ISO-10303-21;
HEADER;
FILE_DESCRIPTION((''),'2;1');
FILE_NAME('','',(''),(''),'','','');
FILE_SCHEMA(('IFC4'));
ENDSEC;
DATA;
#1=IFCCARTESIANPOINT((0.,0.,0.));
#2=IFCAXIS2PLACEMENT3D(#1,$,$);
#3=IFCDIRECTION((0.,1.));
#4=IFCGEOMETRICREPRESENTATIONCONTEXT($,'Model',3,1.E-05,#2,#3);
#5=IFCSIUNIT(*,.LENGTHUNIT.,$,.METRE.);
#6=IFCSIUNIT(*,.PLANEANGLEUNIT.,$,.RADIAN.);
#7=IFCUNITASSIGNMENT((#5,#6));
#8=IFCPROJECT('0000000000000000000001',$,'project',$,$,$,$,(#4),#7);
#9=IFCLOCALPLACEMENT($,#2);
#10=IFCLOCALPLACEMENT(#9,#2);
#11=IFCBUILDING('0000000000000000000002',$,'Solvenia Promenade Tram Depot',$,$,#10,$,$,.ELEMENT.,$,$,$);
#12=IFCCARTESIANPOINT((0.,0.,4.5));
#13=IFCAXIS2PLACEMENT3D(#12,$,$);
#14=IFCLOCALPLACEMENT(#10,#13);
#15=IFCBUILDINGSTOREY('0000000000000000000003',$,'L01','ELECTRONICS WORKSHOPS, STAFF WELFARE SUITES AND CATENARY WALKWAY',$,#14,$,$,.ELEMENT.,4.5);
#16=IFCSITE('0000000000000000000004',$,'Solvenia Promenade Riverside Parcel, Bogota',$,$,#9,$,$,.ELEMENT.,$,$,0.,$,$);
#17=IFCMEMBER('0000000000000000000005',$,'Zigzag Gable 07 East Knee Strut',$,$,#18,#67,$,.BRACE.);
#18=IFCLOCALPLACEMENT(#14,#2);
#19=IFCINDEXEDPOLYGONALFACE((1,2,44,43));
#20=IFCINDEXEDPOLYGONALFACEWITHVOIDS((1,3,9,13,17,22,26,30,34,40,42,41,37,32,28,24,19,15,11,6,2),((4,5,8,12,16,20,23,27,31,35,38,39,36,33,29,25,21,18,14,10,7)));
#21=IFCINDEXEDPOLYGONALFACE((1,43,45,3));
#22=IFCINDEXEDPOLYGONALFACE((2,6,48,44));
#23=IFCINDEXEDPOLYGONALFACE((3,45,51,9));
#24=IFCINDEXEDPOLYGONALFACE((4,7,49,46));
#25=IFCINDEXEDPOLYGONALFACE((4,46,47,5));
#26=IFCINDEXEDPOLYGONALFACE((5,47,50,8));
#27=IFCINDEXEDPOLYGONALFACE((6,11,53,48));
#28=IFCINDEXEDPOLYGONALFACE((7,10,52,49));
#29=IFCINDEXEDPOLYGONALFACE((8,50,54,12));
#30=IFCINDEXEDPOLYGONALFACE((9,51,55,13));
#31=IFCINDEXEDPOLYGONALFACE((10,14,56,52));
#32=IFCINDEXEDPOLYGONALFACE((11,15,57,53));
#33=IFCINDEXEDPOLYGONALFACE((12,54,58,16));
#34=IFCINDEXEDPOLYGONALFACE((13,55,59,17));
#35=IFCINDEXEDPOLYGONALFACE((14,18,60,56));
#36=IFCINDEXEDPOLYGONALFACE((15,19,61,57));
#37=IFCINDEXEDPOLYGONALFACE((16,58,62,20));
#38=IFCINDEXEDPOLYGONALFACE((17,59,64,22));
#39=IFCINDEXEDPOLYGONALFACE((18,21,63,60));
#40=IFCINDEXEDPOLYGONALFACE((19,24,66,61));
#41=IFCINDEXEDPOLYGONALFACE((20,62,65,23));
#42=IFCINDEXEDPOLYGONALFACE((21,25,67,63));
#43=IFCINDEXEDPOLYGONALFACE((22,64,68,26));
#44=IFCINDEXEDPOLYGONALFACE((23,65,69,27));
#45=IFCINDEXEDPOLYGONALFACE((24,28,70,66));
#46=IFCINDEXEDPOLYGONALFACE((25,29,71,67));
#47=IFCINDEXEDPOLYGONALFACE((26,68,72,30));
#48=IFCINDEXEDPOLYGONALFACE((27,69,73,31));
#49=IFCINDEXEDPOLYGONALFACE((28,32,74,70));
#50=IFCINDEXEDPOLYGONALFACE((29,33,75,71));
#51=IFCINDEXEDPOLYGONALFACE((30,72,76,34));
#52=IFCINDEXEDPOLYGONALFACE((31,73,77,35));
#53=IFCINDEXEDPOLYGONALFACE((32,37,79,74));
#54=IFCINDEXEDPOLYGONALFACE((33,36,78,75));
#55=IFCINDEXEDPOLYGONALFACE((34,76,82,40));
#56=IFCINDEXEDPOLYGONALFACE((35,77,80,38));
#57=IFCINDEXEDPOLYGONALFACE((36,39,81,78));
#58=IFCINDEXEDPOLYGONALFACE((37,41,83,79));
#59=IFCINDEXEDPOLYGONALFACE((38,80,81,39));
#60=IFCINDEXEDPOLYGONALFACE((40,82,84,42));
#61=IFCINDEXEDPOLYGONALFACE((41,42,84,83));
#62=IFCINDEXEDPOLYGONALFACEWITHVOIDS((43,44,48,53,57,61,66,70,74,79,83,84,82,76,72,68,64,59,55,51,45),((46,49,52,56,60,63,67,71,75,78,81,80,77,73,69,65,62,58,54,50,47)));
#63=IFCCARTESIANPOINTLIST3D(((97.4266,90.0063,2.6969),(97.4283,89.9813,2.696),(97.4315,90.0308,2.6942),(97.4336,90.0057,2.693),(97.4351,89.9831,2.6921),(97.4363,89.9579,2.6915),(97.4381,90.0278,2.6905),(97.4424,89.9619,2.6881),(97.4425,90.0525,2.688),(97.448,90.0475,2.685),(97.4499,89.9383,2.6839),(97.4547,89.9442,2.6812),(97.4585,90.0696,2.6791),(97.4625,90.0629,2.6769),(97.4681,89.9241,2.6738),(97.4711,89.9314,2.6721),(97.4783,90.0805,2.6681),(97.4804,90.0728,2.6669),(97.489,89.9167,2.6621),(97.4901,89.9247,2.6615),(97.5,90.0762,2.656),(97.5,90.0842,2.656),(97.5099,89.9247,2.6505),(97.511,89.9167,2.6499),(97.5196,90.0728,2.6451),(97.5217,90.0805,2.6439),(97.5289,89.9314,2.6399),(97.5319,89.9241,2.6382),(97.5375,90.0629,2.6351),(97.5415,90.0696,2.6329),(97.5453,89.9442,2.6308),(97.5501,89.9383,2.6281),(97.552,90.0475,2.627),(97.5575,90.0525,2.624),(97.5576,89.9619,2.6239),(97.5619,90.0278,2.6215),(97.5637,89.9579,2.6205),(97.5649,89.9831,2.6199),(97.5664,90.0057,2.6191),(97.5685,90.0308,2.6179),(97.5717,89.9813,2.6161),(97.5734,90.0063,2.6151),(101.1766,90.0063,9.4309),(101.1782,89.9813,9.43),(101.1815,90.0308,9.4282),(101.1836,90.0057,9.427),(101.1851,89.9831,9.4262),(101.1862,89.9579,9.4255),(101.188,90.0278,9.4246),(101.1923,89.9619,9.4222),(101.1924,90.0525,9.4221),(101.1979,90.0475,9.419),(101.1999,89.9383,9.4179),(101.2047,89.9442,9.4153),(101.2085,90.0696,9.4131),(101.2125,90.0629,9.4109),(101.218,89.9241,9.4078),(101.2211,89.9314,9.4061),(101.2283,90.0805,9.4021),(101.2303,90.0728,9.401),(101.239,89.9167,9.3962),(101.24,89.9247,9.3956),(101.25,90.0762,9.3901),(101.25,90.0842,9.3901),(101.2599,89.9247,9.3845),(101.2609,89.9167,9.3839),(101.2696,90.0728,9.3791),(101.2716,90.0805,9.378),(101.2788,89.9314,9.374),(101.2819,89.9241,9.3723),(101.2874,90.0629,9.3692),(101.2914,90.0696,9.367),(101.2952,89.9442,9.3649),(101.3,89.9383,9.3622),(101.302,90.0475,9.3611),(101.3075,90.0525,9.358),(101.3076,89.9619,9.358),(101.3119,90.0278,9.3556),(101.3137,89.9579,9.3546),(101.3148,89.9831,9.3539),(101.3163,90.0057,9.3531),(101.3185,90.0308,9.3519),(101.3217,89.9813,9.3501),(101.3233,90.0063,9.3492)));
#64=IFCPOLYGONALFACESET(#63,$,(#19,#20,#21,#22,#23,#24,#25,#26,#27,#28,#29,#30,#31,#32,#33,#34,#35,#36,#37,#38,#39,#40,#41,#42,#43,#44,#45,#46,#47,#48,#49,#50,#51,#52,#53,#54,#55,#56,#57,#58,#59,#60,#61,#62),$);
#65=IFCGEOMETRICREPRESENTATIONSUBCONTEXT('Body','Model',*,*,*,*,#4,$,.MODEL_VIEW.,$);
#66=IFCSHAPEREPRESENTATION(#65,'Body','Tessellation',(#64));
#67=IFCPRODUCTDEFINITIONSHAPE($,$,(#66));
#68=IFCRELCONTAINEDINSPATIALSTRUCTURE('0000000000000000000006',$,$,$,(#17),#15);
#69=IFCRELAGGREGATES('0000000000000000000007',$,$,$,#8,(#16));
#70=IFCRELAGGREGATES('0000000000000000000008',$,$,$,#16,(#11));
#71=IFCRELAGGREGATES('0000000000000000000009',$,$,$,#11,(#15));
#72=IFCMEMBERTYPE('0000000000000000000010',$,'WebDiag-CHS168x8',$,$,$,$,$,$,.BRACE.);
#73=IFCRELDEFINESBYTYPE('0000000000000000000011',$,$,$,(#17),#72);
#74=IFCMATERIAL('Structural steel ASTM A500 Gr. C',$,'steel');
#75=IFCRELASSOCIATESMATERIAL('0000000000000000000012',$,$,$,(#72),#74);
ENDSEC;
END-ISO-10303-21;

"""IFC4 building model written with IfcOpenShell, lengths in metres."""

from ifc_helpers import new_model, si_unit, direction, frame, origin, origin_2d, place, context, subcontext, project, spatial, hollow_circle, extrude, material, material_profile, profile_set, type_object, element, save


model = new_model("IFC4")

# Units and contexts
model_context = context("Model", 3, precision=1e-05, world=origin(), true_north=direction((0.0, 1.0)))
body_context = subcontext(model_context, "Body", "Model", "MODEL_VIEW")
ifc_project = project(units=[si_unit("LENGTHUNIT", "METRE"), si_unit("PLANEANGLEUNIT", "RADIAN")], contexts=[model_context])

# Site, building, storey
site_placement = place(None, origin())
site = spatial("IfcSite", under=ifc_project, at=site_placement, Name="Solvenia Promenade Riverside Parcel, Bogota", CompositionType="ELEMENT", RefElevation=0.0)
building_placement = place(site_placement, origin())
building = spatial("IfcBuilding", under=site, at=building_placement, Name="Solvenia Promenade Tram Depot", CompositionType="ELEMENT")
storey_placement = place(building_placement, frame((0.0, 0.0, 4.5)))
storey = spatial("IfcBuildingStorey", under=building, at=storey_placement, Name="L01", Description="ELECTRONICS WORKSHOPS, STAFF WELFARE SUITES AND CATENARY WALKWAY", CompositionType="ELEMENT", Elevation=4.5)

# Shared definitions
ifc_material_1 = material(Name="Structural steel ASTM A500 Gr. C", Category="steel")

# Member
ifc_material_profile_1 = material_profile(ifc_material_1, hollow_circle(Radius=0.0842, WallThickness=0.0081, at=origin_2d()), Name="CHS168.3x8", Category="steel")
ifc_profile_set_1 = profile_set([ifc_material_profile_1], Name="Structural steel ASTM A500 Gr. C")
member_type_1 = type_object("IfcMemberType", Name="WebDiag-CHS168x8", PredefinedType="BRACE", material=ifc_profile_set_1)
for number, where, z_axis, x_axis, name in (
    (1, (97.5, 90.0, 2.656), (0.486517, 0.0, 0.873671), (0.0, 1.0, 0.0), "Zigzag Gable 07 East Knee Strut"),
):
    element("IfcMember", number, at=place(storey_placement, frame(where, z_axis=z_axis, x_axis=x_axis)), inside=storey, type_object=member_type_1, Name=name, PredefinedType="BRACE", context=body_context, shape_type="SweptSolid", body=[
        extrude(hollow_circle(Radius=0.0842, WallThickness=0.0081, at=origin_2d()), origin(), (0.0, 0.0, 1.0), 7.7078),
    ])

save(model, "model.ifc")
